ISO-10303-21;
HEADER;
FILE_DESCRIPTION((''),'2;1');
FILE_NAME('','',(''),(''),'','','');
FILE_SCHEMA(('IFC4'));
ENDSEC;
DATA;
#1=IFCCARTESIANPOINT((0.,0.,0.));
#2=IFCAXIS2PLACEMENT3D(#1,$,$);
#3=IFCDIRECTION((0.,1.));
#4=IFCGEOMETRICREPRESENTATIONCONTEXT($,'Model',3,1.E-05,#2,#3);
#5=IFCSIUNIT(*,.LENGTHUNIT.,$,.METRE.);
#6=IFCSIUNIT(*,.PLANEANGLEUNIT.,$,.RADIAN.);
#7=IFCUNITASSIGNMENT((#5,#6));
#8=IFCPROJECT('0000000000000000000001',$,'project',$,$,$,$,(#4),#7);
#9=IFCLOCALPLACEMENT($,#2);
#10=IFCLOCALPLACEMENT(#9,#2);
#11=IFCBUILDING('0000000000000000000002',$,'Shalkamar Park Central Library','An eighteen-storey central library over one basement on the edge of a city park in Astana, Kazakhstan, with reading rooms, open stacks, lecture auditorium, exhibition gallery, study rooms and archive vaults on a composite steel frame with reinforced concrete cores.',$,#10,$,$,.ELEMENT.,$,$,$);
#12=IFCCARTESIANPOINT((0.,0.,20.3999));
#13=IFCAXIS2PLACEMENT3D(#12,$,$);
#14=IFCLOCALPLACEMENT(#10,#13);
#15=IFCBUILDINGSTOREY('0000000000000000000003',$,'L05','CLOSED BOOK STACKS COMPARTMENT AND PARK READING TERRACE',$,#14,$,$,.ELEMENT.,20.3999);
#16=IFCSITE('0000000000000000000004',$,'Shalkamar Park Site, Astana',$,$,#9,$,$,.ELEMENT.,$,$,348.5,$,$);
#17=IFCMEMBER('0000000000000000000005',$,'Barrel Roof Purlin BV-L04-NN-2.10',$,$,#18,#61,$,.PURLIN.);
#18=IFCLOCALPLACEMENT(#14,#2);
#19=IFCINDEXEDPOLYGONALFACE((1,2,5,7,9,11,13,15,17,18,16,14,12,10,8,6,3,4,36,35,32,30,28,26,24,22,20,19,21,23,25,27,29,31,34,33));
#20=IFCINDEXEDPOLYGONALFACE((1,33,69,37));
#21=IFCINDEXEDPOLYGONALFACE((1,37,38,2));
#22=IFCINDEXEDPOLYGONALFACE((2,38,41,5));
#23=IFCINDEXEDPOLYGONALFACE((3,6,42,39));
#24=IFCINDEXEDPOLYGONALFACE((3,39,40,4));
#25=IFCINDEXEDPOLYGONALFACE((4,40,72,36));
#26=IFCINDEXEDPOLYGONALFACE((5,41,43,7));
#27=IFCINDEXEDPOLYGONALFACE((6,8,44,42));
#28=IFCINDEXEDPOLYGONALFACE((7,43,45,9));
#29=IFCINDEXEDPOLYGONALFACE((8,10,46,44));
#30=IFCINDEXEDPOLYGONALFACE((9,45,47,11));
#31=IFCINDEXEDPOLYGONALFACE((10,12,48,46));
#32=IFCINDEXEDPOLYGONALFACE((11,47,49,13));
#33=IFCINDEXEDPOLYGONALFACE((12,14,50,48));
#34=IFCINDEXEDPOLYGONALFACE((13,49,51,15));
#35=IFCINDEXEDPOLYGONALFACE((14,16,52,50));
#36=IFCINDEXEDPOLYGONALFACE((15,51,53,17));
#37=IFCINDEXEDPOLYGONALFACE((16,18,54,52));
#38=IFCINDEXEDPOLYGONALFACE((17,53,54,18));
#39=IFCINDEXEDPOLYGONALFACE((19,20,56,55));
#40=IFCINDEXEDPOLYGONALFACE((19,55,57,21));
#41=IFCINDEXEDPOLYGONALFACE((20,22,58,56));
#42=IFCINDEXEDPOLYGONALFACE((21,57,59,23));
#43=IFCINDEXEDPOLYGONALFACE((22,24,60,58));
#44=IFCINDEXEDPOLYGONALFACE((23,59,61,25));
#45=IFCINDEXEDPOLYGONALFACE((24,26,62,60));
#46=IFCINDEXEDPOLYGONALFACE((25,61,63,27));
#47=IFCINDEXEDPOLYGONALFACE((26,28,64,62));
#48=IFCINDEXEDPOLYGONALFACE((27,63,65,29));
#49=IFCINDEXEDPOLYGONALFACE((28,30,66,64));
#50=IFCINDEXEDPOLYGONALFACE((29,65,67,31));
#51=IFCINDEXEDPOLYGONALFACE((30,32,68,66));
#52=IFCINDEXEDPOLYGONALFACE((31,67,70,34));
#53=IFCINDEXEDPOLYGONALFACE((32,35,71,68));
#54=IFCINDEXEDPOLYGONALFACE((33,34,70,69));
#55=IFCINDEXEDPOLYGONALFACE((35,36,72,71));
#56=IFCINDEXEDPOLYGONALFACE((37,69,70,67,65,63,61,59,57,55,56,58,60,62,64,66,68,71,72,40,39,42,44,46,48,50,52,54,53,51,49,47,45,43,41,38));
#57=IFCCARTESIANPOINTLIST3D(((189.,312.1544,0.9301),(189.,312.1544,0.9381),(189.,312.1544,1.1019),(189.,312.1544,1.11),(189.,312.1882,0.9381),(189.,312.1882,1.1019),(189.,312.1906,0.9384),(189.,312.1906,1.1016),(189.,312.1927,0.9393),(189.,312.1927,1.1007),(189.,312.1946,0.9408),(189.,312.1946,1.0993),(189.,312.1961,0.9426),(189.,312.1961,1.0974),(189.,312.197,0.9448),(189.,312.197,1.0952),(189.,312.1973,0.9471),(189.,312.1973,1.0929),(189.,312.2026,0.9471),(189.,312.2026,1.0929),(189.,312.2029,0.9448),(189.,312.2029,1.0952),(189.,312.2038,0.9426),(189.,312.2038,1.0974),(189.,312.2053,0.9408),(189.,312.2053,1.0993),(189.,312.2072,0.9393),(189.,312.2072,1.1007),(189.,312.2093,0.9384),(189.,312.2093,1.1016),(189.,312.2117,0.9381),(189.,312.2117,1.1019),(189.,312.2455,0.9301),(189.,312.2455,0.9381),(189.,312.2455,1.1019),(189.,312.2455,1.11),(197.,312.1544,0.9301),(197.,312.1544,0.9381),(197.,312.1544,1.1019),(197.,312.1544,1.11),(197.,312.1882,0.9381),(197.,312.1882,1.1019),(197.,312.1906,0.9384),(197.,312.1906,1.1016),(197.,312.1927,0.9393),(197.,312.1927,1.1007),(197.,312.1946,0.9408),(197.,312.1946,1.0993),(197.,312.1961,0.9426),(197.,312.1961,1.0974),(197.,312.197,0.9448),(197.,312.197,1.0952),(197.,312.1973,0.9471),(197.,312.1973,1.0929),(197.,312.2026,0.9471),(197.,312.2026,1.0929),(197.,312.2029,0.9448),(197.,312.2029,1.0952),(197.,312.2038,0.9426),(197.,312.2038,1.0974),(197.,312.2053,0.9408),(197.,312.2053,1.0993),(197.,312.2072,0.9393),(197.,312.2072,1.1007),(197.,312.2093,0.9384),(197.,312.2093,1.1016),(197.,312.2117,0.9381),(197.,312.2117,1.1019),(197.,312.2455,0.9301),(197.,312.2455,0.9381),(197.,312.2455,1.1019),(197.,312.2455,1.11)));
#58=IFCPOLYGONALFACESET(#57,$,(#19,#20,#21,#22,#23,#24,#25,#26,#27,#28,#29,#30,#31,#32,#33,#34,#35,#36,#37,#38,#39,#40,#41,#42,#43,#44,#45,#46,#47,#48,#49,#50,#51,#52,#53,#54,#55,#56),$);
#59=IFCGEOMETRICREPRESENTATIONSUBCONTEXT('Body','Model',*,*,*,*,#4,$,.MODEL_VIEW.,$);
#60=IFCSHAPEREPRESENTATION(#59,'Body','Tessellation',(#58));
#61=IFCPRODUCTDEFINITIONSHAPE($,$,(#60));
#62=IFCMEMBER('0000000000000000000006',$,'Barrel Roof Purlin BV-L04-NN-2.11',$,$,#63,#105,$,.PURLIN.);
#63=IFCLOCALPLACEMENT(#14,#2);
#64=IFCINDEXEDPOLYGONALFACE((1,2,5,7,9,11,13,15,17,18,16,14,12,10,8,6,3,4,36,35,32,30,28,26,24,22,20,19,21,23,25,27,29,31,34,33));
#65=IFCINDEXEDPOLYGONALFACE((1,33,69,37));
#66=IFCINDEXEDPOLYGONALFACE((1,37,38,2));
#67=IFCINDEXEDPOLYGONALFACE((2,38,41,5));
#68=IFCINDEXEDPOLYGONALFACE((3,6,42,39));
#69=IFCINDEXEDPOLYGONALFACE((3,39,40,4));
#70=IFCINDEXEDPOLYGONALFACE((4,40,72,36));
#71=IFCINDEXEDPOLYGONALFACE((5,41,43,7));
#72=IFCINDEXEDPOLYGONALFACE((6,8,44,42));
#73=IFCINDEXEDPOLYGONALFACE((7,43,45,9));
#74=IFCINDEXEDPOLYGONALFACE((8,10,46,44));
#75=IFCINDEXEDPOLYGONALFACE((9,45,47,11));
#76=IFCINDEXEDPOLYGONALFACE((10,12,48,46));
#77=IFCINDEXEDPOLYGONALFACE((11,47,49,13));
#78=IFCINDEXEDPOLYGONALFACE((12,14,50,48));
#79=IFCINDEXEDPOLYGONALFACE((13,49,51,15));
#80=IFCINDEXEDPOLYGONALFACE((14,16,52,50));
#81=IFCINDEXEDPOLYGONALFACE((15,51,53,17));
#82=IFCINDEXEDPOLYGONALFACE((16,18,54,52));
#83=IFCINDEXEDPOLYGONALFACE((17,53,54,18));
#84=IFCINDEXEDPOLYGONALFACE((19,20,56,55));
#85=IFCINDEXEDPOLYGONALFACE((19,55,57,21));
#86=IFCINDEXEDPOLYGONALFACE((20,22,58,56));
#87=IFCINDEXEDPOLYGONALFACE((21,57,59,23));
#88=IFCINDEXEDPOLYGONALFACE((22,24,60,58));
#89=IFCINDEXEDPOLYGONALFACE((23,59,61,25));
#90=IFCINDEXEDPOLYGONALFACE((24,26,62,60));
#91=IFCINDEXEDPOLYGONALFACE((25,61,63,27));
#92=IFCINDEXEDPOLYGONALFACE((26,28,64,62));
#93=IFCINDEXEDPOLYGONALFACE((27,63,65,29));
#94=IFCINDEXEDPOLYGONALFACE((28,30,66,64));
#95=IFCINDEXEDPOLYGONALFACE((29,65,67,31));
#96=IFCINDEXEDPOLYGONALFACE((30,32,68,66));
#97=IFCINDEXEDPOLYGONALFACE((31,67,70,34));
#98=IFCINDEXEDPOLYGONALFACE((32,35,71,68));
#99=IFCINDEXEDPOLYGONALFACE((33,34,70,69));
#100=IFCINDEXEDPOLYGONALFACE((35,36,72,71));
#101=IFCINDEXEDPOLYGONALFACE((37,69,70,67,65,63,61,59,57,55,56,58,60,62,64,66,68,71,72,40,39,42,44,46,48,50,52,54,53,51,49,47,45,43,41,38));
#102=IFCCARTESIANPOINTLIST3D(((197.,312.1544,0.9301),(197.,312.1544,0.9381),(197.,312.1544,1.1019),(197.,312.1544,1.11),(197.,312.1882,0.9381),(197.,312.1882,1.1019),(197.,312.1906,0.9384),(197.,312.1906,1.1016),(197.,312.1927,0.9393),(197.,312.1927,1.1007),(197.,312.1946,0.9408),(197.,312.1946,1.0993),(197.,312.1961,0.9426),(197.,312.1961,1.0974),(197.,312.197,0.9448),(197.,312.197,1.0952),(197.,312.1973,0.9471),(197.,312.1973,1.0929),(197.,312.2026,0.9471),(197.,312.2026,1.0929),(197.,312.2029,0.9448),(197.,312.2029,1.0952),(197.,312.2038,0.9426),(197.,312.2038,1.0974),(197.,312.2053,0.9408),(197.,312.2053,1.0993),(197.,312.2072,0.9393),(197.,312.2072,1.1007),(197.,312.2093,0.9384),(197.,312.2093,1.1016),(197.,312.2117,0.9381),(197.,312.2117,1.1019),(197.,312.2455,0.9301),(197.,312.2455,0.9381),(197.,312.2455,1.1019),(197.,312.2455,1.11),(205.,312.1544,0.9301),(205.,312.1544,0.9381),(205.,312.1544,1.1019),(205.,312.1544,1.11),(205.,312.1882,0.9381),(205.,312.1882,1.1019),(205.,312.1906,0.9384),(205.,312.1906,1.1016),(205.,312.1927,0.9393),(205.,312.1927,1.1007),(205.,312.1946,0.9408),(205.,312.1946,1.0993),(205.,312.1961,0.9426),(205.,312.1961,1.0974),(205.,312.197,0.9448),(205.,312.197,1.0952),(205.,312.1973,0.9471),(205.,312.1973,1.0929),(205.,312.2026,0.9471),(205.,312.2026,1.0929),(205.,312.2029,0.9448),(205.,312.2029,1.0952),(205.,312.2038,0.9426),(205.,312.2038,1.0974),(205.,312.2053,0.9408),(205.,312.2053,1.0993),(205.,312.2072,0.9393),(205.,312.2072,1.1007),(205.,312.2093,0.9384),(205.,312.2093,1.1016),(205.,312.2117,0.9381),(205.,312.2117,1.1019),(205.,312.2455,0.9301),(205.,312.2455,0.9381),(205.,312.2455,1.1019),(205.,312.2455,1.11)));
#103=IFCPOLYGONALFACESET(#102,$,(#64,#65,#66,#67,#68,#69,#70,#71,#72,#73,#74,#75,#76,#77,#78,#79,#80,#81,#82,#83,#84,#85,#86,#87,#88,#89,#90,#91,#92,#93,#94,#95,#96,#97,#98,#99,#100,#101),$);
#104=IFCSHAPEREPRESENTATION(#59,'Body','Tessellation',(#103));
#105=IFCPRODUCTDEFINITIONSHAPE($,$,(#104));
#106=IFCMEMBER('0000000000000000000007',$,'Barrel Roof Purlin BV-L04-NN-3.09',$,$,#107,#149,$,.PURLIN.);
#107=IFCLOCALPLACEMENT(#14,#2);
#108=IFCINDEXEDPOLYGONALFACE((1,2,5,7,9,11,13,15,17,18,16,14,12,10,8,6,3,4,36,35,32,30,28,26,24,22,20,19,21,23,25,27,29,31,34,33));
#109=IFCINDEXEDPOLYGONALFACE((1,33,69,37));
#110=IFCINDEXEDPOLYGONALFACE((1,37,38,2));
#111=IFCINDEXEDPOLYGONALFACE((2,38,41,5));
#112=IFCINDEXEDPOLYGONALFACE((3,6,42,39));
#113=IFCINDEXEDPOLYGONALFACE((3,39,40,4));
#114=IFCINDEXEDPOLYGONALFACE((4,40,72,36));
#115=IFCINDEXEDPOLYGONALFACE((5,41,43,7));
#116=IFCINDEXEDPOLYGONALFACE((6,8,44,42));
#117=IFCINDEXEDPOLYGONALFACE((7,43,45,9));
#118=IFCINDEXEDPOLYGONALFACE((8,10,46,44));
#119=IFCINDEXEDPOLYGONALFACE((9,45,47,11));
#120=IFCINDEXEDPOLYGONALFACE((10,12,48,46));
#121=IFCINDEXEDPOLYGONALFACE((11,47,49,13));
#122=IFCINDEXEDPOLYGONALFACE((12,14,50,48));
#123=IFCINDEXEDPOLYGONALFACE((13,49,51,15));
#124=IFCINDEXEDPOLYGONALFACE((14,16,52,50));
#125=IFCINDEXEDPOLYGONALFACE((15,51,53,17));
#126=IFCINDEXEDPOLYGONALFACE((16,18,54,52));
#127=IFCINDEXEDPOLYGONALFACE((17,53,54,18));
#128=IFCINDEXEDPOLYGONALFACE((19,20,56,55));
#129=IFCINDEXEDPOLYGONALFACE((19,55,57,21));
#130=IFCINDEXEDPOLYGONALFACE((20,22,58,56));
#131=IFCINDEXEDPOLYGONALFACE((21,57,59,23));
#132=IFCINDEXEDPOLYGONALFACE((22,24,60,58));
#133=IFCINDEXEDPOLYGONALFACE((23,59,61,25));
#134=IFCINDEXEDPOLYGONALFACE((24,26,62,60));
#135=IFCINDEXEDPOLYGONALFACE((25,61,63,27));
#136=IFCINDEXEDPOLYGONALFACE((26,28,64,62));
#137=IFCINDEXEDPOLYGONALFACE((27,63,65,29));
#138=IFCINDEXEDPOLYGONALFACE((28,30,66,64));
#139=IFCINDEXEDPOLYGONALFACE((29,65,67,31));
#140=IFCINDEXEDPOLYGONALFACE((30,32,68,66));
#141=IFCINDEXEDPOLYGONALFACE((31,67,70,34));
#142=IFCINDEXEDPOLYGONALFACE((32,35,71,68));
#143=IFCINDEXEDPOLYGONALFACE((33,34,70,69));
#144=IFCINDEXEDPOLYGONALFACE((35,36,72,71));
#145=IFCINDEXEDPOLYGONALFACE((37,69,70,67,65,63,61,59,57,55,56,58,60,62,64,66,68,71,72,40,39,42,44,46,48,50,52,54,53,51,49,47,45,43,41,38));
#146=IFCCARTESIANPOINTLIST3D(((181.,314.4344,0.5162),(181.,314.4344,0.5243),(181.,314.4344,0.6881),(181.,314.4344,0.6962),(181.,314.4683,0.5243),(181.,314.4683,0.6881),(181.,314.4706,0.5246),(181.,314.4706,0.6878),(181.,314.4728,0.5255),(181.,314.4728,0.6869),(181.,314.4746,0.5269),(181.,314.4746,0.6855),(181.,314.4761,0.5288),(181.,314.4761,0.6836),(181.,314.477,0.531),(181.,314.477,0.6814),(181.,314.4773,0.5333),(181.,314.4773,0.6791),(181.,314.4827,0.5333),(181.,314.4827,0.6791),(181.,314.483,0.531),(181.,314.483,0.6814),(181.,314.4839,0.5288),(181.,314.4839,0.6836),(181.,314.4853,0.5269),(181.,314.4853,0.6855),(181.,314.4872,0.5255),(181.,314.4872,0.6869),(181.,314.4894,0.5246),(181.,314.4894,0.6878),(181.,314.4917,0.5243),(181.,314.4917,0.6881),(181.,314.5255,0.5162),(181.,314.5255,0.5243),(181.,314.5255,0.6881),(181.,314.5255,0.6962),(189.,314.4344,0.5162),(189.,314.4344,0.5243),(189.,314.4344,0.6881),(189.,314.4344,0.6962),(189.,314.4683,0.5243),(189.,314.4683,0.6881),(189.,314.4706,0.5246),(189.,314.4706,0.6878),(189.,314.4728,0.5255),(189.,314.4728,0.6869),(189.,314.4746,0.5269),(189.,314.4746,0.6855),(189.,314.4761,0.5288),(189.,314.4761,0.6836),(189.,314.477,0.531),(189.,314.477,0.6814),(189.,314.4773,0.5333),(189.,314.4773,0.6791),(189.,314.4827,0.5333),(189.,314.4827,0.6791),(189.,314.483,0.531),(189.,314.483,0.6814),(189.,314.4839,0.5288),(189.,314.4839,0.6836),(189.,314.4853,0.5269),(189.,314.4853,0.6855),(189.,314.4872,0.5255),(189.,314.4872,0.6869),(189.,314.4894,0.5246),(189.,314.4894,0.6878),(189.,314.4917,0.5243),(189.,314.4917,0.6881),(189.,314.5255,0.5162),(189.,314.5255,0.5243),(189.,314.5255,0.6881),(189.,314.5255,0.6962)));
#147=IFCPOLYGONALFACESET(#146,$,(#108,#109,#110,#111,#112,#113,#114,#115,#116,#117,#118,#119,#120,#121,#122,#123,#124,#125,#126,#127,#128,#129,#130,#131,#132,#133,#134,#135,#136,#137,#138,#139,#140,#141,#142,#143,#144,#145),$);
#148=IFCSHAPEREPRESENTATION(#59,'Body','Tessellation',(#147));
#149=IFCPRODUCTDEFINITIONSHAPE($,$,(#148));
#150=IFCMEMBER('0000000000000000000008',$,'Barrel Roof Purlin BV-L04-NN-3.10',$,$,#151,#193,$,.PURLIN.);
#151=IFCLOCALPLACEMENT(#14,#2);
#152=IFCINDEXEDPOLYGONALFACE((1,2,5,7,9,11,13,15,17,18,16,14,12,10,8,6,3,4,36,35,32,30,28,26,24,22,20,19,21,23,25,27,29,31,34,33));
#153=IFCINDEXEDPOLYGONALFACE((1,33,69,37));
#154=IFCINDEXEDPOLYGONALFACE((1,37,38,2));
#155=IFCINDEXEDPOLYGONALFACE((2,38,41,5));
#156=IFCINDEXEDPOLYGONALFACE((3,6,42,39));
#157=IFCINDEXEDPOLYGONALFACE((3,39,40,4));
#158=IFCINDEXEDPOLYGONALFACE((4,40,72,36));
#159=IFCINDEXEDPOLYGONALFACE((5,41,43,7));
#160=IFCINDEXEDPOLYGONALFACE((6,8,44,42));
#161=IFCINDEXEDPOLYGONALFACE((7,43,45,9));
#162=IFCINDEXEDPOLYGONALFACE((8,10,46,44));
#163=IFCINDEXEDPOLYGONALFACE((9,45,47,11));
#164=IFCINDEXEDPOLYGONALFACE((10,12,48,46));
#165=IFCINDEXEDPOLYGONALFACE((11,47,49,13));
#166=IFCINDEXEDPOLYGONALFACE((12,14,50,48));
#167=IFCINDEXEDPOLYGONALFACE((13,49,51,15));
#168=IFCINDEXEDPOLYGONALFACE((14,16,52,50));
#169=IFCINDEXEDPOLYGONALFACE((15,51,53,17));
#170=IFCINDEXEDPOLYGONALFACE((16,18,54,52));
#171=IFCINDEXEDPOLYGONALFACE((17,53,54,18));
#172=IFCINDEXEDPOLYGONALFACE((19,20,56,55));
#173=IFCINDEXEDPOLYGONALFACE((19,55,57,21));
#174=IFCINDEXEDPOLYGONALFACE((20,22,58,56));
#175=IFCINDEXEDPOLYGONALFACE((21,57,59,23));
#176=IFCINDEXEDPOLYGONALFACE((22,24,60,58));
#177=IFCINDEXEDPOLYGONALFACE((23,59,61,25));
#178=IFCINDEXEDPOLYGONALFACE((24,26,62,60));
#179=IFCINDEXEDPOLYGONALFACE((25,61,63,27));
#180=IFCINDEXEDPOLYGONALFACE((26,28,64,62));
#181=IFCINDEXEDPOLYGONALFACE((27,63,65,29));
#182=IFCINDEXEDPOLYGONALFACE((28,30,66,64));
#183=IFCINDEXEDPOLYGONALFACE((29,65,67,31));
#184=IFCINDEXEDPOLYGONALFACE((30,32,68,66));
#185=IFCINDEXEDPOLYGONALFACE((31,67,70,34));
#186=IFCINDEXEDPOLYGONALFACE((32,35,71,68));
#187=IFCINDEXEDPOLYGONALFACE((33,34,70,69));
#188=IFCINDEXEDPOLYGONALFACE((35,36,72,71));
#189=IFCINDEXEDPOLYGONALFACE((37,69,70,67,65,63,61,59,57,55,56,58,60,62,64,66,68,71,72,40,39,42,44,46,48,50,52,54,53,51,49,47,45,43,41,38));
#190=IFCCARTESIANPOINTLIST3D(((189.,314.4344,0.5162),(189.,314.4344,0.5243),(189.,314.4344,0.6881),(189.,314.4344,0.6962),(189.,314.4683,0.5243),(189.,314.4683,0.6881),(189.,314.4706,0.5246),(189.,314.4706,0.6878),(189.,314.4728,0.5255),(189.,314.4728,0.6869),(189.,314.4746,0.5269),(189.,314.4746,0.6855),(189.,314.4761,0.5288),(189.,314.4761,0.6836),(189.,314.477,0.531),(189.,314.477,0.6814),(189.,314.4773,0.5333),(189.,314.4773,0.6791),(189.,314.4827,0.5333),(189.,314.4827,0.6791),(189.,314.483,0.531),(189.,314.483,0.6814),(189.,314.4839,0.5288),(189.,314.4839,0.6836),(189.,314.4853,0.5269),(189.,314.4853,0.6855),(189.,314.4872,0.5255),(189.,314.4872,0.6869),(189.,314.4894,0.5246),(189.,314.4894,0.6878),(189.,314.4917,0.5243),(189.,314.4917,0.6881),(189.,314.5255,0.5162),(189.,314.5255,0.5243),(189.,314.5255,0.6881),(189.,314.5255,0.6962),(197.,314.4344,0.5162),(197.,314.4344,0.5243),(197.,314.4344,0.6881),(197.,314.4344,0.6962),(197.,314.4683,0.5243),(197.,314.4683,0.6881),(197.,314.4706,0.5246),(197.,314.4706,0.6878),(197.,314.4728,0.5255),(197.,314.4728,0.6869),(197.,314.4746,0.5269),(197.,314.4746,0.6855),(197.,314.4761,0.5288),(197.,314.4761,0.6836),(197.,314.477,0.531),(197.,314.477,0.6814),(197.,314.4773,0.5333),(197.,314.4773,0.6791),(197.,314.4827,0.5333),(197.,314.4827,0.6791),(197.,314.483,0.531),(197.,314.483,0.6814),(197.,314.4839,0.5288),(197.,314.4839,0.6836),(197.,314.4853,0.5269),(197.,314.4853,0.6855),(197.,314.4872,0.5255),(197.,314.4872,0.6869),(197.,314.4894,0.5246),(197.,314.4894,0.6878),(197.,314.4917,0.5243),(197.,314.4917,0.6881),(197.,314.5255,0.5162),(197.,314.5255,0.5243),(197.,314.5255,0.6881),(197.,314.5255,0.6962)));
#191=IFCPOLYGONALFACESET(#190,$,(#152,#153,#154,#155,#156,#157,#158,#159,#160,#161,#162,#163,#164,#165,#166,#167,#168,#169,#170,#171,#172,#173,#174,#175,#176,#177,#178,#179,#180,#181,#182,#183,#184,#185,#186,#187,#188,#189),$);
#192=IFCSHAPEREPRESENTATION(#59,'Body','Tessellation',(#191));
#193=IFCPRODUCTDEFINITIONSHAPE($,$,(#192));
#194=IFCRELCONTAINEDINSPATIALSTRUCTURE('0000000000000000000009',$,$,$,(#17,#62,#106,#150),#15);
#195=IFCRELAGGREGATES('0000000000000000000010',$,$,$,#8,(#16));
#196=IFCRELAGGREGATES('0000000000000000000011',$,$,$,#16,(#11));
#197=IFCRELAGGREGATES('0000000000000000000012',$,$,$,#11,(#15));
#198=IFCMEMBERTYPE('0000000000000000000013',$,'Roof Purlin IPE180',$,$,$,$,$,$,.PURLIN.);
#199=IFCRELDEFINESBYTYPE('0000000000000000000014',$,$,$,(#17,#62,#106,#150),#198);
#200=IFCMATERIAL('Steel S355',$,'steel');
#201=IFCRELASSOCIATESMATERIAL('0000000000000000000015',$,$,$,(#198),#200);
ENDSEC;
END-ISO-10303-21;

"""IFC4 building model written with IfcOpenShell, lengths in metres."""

from ifc_helpers import new_model, si_unit, direction, frame, origin, origin_2d, place, context, subcontext, project, spatial, i_section, extrude, material, material_profile, profile_set, type_object, element, save


model = new_model("IFC4")

# Units and contexts
model_context = context("Model", 3, precision=1e-05, world=origin(), true_north=direction((0.0, 1.0)))
body_context = subcontext(model_context, "Body", "Model", "MODEL_VIEW")
ifc_project = project(units=[si_unit("LENGTHUNIT", "METRE"), si_unit("PLANEANGLEUNIT", "RADIAN")], contexts=[model_context])

# Site, building, storey
site_placement = place(None, origin())
site = spatial("IfcSite", under=ifc_project, at=site_placement, Name="Shalkamar Park Site, Astana", CompositionType="ELEMENT", RefElevation=348.5)
building_placement = place(site_placement, origin())
building = spatial("IfcBuilding", under=site, at=building_placement, Name="Shalkamar Park Central Library", Description="An eighteen-storey central library over one basement on the edge of a city park in Astana, Kazakhstan, with reading rooms, open stacks, lecture auditorium, exhibition gallery, study rooms and archive vaults on a composite steel frame with reinforced concrete cores.", CompositionType="ELEMENT")
storey_placement = place(building_placement, frame((0.0, 0.0, 20.3999)))
storey = spatial("IfcBuildingStorey", under=building, at=storey_placement, Name="L05", Description="CLOSED BOOK STACKS COMPARTMENT AND PARK READING TERRACE", CompositionType="ELEMENT", Elevation=20.3999)

# Shared definitions
ifc_material_1 = material(Name="Steel S355", Category="steel")

# Members
ifc_material_profile_1 = material_profile(ifc_material_1, i_section(OverallWidth=0.0911, OverallDepth=0.1799, WebThickness=0.0054, FlangeThickness=0.0081, FilletRadius=0.009, at=origin_2d()), Name="IPE 180")
ifc_profile_set_1 = profile_set([ifc_material_profile_1], Name="Steel S355")
member_type_1 = type_object("IfcMemberType", Name="Roof Purlin IPE180", PredefinedType="PURLIN", material=ifc_profile_set_1)
for number, where, z_axis, x_axis, name in (
    (1, (189.0, 312.2, 1.02), (1.0, 0.0, 0.0), (0.0, 1.0, 0.0), "Barrel Roof Purlin BV-L04-NN-2.10"),
    (2, (197.0, 312.2, 1.02), (1.0, 0.0, 0.0), (0.0, 1.0, 0.0), "Barrel Roof Purlin BV-L04-NN-2.11"),
    (3, (181.0, 314.48, 0.6062), (1.0, 0.0, 0.0), (0.0, 1.0, 0.0), "Barrel Roof Purlin BV-L04-NN-3.09"),
    (4, (189.0, 314.48, 0.6062), (1.0, 0.0, 0.0), (0.0, 1.0, 0.0), "Barrel Roof Purlin BV-L04-NN-3.10"),
):
    element("IfcMember", number, at=place(storey_placement, frame(where, z_axis=z_axis, x_axis=x_axis)), inside=storey, type_object=member_type_1, Name=name, PredefinedType="PURLIN", context=body_context, shape_type="SweptSolid", body=[
        extrude(i_section(OverallWidth=0.0911, OverallDepth=0.1799, WebThickness=0.0054, FlangeThickness=0.0081, FilletRadius=0.009, at=origin_2d()), origin(), (0.0, 0.0, 1.0), 8.0),
    ])

save(model, "model.ifc")
